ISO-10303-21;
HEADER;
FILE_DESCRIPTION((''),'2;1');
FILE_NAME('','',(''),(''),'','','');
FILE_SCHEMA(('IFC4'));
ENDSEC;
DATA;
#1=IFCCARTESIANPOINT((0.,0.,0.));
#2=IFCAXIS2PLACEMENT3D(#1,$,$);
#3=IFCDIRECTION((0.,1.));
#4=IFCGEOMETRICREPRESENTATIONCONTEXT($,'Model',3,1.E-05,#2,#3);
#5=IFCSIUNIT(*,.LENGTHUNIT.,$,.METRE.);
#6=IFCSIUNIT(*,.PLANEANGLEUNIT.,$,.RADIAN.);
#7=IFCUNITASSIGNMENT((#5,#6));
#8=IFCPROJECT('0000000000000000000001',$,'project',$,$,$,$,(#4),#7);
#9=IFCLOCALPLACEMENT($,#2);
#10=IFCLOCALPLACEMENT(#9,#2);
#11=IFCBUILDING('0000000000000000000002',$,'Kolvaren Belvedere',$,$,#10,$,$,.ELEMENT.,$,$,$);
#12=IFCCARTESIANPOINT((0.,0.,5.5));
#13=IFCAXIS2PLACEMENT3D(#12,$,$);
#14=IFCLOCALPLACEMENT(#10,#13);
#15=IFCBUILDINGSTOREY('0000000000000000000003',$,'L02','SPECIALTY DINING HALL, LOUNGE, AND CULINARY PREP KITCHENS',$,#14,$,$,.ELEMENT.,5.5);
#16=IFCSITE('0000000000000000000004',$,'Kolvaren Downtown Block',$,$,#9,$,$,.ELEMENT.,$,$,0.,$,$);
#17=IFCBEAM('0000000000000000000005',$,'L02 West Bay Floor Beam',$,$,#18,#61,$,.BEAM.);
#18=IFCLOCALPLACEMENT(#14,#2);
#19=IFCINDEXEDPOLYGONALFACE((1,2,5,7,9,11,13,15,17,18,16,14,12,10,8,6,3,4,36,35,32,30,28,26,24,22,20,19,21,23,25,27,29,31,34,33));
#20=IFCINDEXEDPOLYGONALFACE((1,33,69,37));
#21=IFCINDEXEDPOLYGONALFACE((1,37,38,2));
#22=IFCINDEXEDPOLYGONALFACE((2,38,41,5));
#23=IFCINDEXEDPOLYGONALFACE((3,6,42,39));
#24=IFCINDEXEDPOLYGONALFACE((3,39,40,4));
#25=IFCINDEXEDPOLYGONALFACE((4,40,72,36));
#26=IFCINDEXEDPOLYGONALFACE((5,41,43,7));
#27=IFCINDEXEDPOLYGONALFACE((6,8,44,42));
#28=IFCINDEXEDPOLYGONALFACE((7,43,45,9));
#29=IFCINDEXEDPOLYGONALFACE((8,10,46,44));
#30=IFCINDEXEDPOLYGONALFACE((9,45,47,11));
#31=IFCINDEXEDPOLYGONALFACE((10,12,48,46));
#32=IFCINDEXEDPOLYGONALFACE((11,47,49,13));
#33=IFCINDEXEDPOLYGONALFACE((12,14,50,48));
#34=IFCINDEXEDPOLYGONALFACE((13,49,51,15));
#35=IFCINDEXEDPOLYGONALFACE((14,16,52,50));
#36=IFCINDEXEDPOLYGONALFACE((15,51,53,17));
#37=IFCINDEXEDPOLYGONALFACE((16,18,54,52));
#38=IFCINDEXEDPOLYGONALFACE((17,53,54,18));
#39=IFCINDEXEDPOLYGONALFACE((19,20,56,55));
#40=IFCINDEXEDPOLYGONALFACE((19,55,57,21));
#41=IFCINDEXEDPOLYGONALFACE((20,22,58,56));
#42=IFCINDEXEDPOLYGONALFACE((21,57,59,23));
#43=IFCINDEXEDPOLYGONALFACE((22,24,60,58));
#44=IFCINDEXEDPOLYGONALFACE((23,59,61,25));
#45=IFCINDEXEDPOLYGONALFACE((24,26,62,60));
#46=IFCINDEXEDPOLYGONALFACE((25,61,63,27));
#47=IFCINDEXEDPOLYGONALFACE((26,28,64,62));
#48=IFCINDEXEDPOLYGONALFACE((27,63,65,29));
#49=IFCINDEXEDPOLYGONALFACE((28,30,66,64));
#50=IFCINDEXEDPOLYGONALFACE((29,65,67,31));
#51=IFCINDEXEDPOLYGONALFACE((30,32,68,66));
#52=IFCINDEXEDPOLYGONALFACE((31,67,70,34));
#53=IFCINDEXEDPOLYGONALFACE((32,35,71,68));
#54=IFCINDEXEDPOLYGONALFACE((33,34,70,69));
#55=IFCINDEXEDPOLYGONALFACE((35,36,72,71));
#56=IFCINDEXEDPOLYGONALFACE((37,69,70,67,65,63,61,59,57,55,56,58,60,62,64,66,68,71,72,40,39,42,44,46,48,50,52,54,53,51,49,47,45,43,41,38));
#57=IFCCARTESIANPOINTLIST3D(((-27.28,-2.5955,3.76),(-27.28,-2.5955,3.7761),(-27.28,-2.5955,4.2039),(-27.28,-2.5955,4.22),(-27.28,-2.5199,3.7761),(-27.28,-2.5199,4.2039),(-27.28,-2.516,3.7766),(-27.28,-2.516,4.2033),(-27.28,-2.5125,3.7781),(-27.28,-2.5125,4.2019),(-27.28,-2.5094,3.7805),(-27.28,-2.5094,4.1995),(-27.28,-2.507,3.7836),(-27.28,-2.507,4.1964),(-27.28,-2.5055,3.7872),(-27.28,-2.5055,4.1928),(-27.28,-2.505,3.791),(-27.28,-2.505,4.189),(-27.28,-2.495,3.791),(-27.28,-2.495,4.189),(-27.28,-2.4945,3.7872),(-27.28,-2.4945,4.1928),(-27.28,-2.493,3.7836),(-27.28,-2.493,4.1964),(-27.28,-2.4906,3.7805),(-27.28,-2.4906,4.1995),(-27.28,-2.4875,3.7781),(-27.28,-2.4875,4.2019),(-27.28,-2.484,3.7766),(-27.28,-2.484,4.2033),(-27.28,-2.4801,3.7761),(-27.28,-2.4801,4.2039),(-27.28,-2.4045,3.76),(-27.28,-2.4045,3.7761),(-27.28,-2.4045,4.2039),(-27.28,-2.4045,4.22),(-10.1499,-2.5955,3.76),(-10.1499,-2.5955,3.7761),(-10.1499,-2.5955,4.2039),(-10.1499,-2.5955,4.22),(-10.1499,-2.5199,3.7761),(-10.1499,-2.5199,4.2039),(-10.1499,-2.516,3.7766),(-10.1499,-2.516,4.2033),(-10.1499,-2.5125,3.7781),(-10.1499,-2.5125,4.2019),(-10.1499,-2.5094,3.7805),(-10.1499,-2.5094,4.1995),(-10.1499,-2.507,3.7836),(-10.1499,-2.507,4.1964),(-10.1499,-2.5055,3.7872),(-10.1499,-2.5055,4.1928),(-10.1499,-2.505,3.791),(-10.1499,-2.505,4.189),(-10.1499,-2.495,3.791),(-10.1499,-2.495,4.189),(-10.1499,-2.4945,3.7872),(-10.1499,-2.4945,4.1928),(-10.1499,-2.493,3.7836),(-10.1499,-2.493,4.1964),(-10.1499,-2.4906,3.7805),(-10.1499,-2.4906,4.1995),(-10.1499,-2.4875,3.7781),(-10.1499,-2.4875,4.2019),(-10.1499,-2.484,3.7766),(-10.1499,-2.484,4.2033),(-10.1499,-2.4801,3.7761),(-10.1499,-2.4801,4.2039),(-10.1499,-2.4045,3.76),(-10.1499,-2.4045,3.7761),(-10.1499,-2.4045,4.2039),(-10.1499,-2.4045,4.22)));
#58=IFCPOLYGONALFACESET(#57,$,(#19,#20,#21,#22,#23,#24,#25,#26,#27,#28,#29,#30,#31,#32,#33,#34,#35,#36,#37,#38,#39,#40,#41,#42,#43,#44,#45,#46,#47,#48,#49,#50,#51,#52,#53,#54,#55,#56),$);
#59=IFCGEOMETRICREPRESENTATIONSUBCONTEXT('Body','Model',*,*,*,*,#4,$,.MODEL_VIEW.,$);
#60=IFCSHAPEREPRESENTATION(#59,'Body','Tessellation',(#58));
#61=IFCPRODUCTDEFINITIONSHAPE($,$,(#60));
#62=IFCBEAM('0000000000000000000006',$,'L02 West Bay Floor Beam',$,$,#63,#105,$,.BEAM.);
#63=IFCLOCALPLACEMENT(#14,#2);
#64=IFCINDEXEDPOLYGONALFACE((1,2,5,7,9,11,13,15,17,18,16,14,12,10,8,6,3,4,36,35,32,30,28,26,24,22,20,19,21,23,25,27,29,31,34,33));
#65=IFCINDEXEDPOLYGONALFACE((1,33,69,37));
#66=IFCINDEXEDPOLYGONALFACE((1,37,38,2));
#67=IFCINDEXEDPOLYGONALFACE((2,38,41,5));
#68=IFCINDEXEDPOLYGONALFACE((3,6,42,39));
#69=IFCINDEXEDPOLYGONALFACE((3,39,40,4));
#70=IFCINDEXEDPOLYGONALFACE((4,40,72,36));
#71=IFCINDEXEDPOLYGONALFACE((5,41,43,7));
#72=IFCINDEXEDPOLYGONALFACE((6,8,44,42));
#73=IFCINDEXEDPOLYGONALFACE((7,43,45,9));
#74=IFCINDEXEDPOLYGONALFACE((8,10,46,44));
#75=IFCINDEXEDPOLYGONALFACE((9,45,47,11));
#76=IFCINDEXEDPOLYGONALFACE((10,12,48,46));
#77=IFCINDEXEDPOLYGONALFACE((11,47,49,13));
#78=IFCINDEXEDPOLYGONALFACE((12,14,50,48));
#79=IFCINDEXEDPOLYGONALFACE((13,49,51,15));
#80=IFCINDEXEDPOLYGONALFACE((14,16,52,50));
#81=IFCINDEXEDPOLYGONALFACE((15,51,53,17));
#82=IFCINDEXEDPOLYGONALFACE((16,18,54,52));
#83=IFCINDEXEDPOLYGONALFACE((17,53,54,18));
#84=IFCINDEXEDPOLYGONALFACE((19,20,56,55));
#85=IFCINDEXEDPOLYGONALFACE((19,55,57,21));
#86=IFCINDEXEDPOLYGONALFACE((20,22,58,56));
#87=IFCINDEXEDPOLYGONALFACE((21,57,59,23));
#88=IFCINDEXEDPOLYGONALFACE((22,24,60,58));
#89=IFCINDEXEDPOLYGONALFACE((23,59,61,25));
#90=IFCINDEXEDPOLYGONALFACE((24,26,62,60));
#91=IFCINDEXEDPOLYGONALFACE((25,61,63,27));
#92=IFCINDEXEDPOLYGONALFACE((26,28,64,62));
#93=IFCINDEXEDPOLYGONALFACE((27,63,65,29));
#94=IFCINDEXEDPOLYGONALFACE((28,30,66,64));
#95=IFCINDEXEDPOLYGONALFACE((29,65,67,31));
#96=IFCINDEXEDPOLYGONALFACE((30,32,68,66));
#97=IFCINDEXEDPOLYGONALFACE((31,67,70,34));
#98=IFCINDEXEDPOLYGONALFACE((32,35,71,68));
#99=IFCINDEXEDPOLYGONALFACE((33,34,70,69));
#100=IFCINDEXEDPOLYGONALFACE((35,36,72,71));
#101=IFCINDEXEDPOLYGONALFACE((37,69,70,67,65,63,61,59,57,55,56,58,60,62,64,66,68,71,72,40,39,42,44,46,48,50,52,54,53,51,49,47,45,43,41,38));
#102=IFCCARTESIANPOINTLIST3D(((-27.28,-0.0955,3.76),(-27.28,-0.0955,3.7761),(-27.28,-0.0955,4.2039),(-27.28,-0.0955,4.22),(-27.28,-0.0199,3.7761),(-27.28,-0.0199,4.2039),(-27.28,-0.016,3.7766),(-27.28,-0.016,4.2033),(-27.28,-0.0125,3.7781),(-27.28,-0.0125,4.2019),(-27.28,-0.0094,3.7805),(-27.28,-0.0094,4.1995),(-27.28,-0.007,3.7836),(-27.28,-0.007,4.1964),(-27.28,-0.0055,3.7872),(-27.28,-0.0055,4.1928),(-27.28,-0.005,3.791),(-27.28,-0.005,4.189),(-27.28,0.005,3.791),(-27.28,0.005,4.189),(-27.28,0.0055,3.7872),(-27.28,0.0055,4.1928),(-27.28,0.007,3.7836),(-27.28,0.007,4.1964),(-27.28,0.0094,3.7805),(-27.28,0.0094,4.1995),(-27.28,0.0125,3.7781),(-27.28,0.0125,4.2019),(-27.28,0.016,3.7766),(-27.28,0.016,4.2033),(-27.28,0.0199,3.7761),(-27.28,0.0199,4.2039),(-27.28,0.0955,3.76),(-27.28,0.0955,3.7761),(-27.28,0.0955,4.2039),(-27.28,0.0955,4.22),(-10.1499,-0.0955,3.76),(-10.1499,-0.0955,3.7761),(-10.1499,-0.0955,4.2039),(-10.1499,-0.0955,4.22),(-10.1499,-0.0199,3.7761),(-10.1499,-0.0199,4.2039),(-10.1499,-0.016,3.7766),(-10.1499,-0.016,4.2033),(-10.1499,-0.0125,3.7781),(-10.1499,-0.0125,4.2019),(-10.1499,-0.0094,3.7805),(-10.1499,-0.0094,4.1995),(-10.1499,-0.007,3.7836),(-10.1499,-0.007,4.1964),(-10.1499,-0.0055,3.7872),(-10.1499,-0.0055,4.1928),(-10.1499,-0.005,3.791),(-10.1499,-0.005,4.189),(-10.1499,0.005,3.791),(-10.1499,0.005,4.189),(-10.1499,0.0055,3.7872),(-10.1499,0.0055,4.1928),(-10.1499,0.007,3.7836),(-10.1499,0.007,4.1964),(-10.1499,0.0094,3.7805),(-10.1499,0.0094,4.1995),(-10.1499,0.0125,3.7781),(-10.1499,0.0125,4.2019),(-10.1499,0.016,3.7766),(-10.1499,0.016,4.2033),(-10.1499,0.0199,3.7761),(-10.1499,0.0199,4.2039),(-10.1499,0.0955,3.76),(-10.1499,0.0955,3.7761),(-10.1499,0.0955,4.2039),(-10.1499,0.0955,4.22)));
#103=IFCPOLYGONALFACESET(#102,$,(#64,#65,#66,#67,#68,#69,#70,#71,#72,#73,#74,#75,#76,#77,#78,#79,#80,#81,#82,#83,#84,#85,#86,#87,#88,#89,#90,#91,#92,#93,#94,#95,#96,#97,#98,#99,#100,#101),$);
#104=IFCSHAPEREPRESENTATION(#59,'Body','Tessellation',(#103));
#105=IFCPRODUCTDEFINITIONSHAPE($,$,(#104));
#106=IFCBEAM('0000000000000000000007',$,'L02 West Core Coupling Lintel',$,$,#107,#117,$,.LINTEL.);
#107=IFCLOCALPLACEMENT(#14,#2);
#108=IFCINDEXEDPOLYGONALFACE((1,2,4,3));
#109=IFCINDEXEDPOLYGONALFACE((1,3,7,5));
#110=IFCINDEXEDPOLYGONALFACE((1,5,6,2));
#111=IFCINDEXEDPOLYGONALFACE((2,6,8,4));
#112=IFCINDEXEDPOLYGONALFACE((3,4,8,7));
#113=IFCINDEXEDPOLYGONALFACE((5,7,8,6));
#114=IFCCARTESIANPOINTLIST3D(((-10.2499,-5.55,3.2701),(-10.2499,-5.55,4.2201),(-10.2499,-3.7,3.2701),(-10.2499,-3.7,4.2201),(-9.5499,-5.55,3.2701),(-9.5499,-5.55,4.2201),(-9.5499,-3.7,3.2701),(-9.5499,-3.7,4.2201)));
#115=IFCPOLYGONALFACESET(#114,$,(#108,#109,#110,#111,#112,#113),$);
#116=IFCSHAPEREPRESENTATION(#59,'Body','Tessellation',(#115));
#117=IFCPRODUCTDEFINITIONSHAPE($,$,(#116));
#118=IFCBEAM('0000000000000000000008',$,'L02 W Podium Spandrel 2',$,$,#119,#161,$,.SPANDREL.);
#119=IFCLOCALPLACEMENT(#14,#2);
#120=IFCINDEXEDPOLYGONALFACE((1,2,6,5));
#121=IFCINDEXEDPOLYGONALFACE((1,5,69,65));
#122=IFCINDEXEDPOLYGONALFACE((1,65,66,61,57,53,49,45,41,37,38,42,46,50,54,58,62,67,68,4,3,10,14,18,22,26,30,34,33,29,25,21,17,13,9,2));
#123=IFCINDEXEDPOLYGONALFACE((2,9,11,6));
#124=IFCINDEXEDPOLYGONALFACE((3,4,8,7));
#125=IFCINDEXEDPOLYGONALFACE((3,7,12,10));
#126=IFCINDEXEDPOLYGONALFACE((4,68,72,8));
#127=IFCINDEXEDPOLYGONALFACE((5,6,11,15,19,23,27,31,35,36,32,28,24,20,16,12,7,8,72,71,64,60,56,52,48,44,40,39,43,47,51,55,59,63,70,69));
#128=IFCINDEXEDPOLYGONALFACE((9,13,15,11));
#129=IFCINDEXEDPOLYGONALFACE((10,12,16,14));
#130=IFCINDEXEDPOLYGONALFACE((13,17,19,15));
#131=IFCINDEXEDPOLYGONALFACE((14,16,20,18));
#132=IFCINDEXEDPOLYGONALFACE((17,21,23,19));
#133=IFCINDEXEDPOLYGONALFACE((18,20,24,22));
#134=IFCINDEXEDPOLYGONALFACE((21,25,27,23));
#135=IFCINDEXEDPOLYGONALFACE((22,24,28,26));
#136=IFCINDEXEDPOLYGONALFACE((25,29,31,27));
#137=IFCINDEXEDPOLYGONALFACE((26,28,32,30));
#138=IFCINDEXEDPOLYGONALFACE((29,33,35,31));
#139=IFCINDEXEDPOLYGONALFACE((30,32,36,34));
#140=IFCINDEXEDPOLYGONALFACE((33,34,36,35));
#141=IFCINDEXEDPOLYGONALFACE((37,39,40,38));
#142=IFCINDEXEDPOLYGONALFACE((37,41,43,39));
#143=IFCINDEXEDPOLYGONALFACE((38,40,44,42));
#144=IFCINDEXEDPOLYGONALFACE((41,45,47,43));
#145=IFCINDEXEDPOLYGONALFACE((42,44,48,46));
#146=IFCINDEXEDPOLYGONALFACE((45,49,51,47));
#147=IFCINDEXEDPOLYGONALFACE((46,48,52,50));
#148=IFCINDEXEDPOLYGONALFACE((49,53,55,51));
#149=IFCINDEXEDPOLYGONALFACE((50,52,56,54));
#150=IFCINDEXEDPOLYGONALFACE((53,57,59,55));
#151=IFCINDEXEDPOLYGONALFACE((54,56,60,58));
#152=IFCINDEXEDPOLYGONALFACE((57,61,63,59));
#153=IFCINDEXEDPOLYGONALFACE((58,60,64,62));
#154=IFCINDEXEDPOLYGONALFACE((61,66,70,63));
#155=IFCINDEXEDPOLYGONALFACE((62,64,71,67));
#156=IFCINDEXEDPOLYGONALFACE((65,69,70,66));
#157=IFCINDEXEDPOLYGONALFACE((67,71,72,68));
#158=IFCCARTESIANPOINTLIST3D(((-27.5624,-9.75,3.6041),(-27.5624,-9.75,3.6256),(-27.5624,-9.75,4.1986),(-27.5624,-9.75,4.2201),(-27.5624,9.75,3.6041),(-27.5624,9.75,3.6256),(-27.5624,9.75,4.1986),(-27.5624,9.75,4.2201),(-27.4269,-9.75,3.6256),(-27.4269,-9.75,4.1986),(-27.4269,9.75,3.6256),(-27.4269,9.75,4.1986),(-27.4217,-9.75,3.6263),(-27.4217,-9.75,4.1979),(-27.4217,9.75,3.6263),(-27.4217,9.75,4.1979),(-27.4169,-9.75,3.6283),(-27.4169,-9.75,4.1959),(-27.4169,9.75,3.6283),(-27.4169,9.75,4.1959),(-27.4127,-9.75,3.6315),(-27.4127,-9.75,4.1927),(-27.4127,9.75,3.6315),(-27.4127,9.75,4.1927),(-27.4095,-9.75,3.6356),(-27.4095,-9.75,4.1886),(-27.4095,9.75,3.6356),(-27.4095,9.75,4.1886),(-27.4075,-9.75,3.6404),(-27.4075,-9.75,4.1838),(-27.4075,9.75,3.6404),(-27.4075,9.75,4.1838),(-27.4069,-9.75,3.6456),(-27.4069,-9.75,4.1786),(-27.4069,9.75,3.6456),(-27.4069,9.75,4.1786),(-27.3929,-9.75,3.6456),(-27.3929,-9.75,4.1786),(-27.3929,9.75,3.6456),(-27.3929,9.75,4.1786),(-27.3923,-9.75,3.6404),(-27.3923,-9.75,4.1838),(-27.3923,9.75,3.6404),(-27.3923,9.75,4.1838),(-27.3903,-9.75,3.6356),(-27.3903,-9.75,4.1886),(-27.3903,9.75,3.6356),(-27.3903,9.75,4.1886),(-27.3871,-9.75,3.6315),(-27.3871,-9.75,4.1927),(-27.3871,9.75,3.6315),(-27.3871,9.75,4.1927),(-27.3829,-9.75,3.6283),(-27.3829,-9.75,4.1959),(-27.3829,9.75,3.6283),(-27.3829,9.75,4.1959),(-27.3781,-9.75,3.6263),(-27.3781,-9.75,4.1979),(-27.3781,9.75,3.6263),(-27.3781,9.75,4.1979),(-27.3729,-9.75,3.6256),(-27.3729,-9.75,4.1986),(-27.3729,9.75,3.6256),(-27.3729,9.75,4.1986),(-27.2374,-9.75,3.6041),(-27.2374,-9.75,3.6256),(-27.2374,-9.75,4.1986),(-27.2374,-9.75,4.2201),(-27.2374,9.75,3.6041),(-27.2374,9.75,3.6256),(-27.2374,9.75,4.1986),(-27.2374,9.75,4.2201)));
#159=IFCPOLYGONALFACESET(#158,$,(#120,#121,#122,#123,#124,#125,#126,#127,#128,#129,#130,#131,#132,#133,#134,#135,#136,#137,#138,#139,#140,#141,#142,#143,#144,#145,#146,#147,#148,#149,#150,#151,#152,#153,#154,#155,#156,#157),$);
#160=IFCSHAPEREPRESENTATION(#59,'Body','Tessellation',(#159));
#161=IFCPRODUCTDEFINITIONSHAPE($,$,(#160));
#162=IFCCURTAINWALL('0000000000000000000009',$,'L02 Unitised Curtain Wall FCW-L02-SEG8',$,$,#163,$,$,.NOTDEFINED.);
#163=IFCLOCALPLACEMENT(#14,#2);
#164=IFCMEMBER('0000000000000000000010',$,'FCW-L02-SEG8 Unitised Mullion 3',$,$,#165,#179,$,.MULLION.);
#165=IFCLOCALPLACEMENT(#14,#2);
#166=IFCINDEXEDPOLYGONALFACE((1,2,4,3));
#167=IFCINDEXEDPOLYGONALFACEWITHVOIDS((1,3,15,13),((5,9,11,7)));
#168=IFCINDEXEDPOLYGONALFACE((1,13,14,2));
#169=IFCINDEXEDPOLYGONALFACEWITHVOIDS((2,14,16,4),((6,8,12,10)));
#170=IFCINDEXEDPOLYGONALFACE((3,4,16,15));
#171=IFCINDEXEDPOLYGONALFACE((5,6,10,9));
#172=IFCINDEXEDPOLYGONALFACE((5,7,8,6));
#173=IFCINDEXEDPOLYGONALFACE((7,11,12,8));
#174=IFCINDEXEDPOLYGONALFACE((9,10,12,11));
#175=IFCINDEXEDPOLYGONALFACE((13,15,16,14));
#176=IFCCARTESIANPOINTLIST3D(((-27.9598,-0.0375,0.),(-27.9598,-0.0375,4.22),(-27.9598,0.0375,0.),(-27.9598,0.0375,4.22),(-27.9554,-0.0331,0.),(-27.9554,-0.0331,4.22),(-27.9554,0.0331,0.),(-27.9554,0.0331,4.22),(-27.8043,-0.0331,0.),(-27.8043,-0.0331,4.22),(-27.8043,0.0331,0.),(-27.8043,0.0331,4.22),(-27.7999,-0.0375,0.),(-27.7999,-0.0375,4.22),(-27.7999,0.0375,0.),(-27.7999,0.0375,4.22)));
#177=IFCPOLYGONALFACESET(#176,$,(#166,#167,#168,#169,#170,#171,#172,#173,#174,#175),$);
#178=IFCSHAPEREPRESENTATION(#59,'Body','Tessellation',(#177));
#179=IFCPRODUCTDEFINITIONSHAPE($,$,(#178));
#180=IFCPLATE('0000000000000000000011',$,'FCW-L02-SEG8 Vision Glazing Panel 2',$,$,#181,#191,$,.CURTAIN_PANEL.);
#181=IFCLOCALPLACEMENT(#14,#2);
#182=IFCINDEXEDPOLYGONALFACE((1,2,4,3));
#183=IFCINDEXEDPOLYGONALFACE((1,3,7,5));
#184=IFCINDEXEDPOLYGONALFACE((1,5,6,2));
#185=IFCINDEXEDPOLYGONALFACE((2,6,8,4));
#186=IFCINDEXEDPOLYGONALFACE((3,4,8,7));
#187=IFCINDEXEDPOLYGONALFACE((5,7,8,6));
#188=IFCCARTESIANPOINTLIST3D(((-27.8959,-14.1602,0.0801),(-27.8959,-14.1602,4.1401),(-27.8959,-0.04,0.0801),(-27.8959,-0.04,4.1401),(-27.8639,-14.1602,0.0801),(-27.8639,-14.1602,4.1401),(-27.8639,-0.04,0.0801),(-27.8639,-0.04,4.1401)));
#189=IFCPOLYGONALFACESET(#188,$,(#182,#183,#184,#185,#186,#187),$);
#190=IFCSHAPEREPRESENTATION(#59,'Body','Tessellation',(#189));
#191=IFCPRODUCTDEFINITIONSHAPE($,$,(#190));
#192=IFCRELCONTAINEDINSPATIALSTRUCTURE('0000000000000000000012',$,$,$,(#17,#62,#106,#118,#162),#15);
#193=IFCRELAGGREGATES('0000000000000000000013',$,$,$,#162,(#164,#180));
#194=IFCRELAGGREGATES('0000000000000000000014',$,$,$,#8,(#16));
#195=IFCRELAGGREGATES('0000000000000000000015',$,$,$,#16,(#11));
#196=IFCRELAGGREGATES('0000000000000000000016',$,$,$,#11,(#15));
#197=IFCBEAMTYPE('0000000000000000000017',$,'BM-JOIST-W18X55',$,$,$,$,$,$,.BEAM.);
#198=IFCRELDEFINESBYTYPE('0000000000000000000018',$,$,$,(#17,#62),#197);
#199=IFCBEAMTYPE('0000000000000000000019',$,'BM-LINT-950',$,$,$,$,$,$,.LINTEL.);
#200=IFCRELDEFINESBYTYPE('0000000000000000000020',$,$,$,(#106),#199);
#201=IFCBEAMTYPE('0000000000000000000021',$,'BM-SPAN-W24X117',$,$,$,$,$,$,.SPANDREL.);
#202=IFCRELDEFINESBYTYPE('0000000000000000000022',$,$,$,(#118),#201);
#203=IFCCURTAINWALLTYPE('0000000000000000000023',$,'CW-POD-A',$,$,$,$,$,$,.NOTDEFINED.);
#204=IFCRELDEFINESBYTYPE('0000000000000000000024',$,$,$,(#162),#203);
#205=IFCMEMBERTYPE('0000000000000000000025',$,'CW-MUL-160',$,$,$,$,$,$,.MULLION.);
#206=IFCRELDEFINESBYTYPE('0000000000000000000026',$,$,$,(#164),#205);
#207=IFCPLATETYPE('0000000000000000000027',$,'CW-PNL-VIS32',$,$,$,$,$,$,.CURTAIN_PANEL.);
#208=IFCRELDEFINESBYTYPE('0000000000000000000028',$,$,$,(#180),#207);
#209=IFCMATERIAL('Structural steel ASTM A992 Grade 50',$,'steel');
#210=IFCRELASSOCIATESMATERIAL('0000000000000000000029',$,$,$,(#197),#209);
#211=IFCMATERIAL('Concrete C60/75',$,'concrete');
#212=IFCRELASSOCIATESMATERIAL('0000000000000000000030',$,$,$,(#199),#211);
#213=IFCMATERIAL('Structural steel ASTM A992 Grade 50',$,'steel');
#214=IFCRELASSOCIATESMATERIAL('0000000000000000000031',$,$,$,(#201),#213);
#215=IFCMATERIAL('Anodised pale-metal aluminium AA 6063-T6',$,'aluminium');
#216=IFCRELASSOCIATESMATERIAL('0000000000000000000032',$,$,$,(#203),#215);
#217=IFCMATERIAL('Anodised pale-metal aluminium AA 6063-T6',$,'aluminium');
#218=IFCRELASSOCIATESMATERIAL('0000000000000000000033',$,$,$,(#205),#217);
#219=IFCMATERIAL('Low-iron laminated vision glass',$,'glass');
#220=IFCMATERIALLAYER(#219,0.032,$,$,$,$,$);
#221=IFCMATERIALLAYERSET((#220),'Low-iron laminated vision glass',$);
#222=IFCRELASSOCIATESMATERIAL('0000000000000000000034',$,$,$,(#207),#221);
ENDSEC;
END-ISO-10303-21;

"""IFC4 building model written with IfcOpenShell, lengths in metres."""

from ifc_helpers import new_model, si_unit, direction, frame, origin, origin_2d, place, context, subcontext, project, spatial, rectangle, hollow_rectangle, i_section, extrude, material, layer, layer_set, material_profile, profile_set, type_object, element, aggregate, save


model = new_model("IFC4")

# Units and contexts
model_context = context("Model", 3, precision=1e-05, world=origin(), true_north=direction((0.0, 1.0)))
body_context = subcontext(model_context, "Body", "Model", "MODEL_VIEW")
ifc_project = project(units=[si_unit("LENGTHUNIT", "METRE"), si_unit("PLANEANGLEUNIT", "RADIAN")], contexts=[model_context])

# Site, building, storey
site_placement = place(None, origin())
site = spatial("IfcSite", under=ifc_project, at=site_placement, Name="Kolvaren Downtown Block", CompositionType="ELEMENT", RefElevation=0.0)
building_placement = place(site_placement, origin())
building = spatial("IfcBuilding", under=site, at=building_placement, Name="Kolvaren Belvedere", CompositionType="ELEMENT")
storey_placement = place(building_placement, frame((0.0, 0.0, 5.5)))
storey = spatial("IfcBuildingStorey", under=building, at=storey_placement, Name="L02", Description="SPECIALTY DINING HALL, LOUNGE, AND CULINARY PREP KITCHENS", CompositionType="ELEMENT", Elevation=5.5)

# Beams
ifc_material_1 = material(Name="Structural steel ASTM A992 Grade 50", Category="steel")
ifc_material_profile_1 = material_profile(ifc_material_1, i_section(OverallWidth=0.1909, OverallDepth=0.46, WebThickness=0.01, FlangeThickness=0.0161, FilletRadius=0.0149, at=origin_2d()), Name="W18X55")
ifc_profile_set_1 = profile_set([ifc_material_profile_1], Name="Structural steel ASTM A992 Grade 50")
beam_type_1 = type_object("IfcBeamType", Name="BM-JOIST-W18X55", PredefinedType="BEAM", material=ifc_profile_set_1)
for number, where, z_axis, x_axis, name in (
    (1, (-27.28, -2.5, 3.99), (1.0, 0.0, 0.0), (0.0, 1.0, 0.0), "L02 West Bay Floor Beam"),
    (2, (-27.28, 0.0, 3.99), (1.0, 0.0, 0.0), (0.0, 1.0, 0.0), "L02 West Bay Floor Beam"),
):
    element("IfcBeam", number, at=place(storey_placement, frame(where, z_axis=z_axis, x_axis=x_axis)), inside=storey, type_object=beam_type_1, Name=name, PredefinedType="BEAM", context=body_context, shape_type="SweptSolid", body=[
        extrude(i_section(OverallWidth=0.1909, OverallDepth=0.46, WebThickness=0.01, FlangeThickness=0.0161, FilletRadius=0.0149, at=origin_2d()), origin(), (0.0, 0.0, 1.0), 17.1301),
    ])
ifc_material_2 = material(Name="Concrete C60/75", Category="concrete")
ifc_material_profile_2 = material_profile(ifc_material_2, rectangle(XDim=0.7, YDim=0.95, at=origin_2d()), Name="RC 700X950")
ifc_profile_set_2 = profile_set([ifc_material_profile_2], Name="Concrete C60/75")
beam_type_2 = type_object("IfcBeamType", Name="BM-LINT-950", PredefinedType="LINTEL", material=ifc_profile_set_2)
beam_1_placement = place(storey_placement, frame((-9.8999, -5.55, 3.7451), z_axis=(0.0, 1.0, 0.0), x_axis=(-1.0, 0.0, 0.0)))
element("IfcBeam", 3, at=beam_1_placement, inside=storey, type_object=beam_type_2, Name="L02 West Core Coupling Lintel", PredefinedType="LINTEL", context=body_context, shape_type="SweptSolid", body=[
    extrude(rectangle(XDim=0.7, YDim=0.95, at=origin_2d()), origin(), (0.0, 0.0, 1.0), 1.8501),
])
ifc_material_3 = material(Name="Structural steel ASTM A992 Grade 50", Category="steel")
ifc_material_profile_3 = material_profile(ifc_material_3, i_section(OverallWidth=0.325, OverallDepth=0.616, WebThickness=0.0139, FlangeThickness=0.0215, FilletRadius=0.02, at=origin_2d()), Name="W24X117")
ifc_profile_set_3 = profile_set([ifc_material_profile_3], Name="Structural steel ASTM A992 Grade 50")
beam_type_3 = type_object("IfcBeamType", Name="BM-SPAN-W24X117", PredefinedType="SPANDREL", material=ifc_profile_set_3)
beam_2_placement = place(storey_placement, frame((-27.3999, -9.75, 3.9121), z_axis=(0.0, 1.0, 0.0), x_axis=(-1.0, 0.0, 0.0)))
element("IfcBeam", 4, at=beam_2_placement, inside=storey, type_object=beam_type_3, Name="L02 W Podium Spandrel 2", PredefinedType="SPANDREL", context=body_context, shape_type="SweptSolid", body=[
    extrude(i_section(OverallWidth=0.325, OverallDepth=0.616, WebThickness=0.0139, FlangeThickness=0.0215, FilletRadius=0.02, at=origin_2d()), origin(), (0.0, 0.0, 1.0), 19.5),
])

# Curtain wall, member, plate
ifc_material_4 = material(Name="Anodised pale-metal aluminium AA 6063-T6", Category="aluminium")
curtain_wall_type = type_object("IfcCurtainWallType", Name="CW-POD-A", PredefinedType="NOTDEFINED", material=ifc_material_4)
curtain_wall_placement = place(storey_placement, origin())
curtain_wall = element("IfcCurtainWall", 5, at=curtain_wall_placement, inside=storey, type_object=curtain_wall_type, Name="L02 Unitised Curtain Wall FCW-L02-SEG8", PredefinedType="NOTDEFINED")
ifc_material_5 = material(Name="Anodised pale-metal aluminium AA 6063-T6", Category="aluminium")
ifc_material_profile_4 = material_profile(ifc_material_5, hollow_rectangle(XDim=0.075, YDim=0.1599, WallThickness=0.0044, at=origin_2d()), Name="ALU-MUL-160X75")
ifc_profile_set_4 = profile_set([ifc_material_profile_4], Name="Anodised pale-metal aluminium AA 6063-T6")
member_type = type_object("IfcMemberType", Name="CW-MUL-160", PredefinedType="MULLION", material=ifc_profile_set_4)
member_placement = place(storey_placement, frame((-27.8799, 0.0, 0.0), z_axis=(0.0, 0.0, 1.0), x_axis=(0.0, 1.0, 0.0)))
member = element("IfcMember", 6, at=member_placement, type_object=member_type, Name="FCW-L02-SEG8 Unitised Mullion 3", PredefinedType="MULLION", context=body_context, shape_type="SweptSolid", body=[
    extrude(hollow_rectangle(XDim=0.075, YDim=0.1599, WallThickness=0.0044, at=origin_2d()), origin(), (0.0, 0.0, 1.0), 4.22),
])
ifc_material_6 = material(Name="Low-iron laminated vision glass", Category="glass")
ifc_layer_1 = layer(ifc_material_6, 0.032)
ifc_layer_set_1 = layer_set([ifc_layer_1], Name="Low-iron laminated vision glass")
plate_type = type_object("IfcPlateType", Name="CW-PNL-VIS32", PredefinedType="CURTAIN_PANEL", material=ifc_layer_set_1)
plate_placement = place(storey_placement, frame((-27.8799, -7.1001, 0.0801), z_axis=(0.0, 0.0, 1.0), x_axis=(0.0, 1.0, 0.0)))
plate = element("IfcPlate", 7, at=plate_placement, type_object=plate_type, Name="FCW-L02-SEG8 Vision Glazing Panel 2", PredefinedType="CURTAIN_PANEL", context=body_context, shape_type="SweptSolid", body=[
    extrude(rectangle(XDim=14.1201, YDim=0.032, at=origin_2d()), origin(), (0.0, 0.0, 1.0), 4.0601),
])
aggregate(curtain_wall, [member, plate])

save(model, "model.ifc")
